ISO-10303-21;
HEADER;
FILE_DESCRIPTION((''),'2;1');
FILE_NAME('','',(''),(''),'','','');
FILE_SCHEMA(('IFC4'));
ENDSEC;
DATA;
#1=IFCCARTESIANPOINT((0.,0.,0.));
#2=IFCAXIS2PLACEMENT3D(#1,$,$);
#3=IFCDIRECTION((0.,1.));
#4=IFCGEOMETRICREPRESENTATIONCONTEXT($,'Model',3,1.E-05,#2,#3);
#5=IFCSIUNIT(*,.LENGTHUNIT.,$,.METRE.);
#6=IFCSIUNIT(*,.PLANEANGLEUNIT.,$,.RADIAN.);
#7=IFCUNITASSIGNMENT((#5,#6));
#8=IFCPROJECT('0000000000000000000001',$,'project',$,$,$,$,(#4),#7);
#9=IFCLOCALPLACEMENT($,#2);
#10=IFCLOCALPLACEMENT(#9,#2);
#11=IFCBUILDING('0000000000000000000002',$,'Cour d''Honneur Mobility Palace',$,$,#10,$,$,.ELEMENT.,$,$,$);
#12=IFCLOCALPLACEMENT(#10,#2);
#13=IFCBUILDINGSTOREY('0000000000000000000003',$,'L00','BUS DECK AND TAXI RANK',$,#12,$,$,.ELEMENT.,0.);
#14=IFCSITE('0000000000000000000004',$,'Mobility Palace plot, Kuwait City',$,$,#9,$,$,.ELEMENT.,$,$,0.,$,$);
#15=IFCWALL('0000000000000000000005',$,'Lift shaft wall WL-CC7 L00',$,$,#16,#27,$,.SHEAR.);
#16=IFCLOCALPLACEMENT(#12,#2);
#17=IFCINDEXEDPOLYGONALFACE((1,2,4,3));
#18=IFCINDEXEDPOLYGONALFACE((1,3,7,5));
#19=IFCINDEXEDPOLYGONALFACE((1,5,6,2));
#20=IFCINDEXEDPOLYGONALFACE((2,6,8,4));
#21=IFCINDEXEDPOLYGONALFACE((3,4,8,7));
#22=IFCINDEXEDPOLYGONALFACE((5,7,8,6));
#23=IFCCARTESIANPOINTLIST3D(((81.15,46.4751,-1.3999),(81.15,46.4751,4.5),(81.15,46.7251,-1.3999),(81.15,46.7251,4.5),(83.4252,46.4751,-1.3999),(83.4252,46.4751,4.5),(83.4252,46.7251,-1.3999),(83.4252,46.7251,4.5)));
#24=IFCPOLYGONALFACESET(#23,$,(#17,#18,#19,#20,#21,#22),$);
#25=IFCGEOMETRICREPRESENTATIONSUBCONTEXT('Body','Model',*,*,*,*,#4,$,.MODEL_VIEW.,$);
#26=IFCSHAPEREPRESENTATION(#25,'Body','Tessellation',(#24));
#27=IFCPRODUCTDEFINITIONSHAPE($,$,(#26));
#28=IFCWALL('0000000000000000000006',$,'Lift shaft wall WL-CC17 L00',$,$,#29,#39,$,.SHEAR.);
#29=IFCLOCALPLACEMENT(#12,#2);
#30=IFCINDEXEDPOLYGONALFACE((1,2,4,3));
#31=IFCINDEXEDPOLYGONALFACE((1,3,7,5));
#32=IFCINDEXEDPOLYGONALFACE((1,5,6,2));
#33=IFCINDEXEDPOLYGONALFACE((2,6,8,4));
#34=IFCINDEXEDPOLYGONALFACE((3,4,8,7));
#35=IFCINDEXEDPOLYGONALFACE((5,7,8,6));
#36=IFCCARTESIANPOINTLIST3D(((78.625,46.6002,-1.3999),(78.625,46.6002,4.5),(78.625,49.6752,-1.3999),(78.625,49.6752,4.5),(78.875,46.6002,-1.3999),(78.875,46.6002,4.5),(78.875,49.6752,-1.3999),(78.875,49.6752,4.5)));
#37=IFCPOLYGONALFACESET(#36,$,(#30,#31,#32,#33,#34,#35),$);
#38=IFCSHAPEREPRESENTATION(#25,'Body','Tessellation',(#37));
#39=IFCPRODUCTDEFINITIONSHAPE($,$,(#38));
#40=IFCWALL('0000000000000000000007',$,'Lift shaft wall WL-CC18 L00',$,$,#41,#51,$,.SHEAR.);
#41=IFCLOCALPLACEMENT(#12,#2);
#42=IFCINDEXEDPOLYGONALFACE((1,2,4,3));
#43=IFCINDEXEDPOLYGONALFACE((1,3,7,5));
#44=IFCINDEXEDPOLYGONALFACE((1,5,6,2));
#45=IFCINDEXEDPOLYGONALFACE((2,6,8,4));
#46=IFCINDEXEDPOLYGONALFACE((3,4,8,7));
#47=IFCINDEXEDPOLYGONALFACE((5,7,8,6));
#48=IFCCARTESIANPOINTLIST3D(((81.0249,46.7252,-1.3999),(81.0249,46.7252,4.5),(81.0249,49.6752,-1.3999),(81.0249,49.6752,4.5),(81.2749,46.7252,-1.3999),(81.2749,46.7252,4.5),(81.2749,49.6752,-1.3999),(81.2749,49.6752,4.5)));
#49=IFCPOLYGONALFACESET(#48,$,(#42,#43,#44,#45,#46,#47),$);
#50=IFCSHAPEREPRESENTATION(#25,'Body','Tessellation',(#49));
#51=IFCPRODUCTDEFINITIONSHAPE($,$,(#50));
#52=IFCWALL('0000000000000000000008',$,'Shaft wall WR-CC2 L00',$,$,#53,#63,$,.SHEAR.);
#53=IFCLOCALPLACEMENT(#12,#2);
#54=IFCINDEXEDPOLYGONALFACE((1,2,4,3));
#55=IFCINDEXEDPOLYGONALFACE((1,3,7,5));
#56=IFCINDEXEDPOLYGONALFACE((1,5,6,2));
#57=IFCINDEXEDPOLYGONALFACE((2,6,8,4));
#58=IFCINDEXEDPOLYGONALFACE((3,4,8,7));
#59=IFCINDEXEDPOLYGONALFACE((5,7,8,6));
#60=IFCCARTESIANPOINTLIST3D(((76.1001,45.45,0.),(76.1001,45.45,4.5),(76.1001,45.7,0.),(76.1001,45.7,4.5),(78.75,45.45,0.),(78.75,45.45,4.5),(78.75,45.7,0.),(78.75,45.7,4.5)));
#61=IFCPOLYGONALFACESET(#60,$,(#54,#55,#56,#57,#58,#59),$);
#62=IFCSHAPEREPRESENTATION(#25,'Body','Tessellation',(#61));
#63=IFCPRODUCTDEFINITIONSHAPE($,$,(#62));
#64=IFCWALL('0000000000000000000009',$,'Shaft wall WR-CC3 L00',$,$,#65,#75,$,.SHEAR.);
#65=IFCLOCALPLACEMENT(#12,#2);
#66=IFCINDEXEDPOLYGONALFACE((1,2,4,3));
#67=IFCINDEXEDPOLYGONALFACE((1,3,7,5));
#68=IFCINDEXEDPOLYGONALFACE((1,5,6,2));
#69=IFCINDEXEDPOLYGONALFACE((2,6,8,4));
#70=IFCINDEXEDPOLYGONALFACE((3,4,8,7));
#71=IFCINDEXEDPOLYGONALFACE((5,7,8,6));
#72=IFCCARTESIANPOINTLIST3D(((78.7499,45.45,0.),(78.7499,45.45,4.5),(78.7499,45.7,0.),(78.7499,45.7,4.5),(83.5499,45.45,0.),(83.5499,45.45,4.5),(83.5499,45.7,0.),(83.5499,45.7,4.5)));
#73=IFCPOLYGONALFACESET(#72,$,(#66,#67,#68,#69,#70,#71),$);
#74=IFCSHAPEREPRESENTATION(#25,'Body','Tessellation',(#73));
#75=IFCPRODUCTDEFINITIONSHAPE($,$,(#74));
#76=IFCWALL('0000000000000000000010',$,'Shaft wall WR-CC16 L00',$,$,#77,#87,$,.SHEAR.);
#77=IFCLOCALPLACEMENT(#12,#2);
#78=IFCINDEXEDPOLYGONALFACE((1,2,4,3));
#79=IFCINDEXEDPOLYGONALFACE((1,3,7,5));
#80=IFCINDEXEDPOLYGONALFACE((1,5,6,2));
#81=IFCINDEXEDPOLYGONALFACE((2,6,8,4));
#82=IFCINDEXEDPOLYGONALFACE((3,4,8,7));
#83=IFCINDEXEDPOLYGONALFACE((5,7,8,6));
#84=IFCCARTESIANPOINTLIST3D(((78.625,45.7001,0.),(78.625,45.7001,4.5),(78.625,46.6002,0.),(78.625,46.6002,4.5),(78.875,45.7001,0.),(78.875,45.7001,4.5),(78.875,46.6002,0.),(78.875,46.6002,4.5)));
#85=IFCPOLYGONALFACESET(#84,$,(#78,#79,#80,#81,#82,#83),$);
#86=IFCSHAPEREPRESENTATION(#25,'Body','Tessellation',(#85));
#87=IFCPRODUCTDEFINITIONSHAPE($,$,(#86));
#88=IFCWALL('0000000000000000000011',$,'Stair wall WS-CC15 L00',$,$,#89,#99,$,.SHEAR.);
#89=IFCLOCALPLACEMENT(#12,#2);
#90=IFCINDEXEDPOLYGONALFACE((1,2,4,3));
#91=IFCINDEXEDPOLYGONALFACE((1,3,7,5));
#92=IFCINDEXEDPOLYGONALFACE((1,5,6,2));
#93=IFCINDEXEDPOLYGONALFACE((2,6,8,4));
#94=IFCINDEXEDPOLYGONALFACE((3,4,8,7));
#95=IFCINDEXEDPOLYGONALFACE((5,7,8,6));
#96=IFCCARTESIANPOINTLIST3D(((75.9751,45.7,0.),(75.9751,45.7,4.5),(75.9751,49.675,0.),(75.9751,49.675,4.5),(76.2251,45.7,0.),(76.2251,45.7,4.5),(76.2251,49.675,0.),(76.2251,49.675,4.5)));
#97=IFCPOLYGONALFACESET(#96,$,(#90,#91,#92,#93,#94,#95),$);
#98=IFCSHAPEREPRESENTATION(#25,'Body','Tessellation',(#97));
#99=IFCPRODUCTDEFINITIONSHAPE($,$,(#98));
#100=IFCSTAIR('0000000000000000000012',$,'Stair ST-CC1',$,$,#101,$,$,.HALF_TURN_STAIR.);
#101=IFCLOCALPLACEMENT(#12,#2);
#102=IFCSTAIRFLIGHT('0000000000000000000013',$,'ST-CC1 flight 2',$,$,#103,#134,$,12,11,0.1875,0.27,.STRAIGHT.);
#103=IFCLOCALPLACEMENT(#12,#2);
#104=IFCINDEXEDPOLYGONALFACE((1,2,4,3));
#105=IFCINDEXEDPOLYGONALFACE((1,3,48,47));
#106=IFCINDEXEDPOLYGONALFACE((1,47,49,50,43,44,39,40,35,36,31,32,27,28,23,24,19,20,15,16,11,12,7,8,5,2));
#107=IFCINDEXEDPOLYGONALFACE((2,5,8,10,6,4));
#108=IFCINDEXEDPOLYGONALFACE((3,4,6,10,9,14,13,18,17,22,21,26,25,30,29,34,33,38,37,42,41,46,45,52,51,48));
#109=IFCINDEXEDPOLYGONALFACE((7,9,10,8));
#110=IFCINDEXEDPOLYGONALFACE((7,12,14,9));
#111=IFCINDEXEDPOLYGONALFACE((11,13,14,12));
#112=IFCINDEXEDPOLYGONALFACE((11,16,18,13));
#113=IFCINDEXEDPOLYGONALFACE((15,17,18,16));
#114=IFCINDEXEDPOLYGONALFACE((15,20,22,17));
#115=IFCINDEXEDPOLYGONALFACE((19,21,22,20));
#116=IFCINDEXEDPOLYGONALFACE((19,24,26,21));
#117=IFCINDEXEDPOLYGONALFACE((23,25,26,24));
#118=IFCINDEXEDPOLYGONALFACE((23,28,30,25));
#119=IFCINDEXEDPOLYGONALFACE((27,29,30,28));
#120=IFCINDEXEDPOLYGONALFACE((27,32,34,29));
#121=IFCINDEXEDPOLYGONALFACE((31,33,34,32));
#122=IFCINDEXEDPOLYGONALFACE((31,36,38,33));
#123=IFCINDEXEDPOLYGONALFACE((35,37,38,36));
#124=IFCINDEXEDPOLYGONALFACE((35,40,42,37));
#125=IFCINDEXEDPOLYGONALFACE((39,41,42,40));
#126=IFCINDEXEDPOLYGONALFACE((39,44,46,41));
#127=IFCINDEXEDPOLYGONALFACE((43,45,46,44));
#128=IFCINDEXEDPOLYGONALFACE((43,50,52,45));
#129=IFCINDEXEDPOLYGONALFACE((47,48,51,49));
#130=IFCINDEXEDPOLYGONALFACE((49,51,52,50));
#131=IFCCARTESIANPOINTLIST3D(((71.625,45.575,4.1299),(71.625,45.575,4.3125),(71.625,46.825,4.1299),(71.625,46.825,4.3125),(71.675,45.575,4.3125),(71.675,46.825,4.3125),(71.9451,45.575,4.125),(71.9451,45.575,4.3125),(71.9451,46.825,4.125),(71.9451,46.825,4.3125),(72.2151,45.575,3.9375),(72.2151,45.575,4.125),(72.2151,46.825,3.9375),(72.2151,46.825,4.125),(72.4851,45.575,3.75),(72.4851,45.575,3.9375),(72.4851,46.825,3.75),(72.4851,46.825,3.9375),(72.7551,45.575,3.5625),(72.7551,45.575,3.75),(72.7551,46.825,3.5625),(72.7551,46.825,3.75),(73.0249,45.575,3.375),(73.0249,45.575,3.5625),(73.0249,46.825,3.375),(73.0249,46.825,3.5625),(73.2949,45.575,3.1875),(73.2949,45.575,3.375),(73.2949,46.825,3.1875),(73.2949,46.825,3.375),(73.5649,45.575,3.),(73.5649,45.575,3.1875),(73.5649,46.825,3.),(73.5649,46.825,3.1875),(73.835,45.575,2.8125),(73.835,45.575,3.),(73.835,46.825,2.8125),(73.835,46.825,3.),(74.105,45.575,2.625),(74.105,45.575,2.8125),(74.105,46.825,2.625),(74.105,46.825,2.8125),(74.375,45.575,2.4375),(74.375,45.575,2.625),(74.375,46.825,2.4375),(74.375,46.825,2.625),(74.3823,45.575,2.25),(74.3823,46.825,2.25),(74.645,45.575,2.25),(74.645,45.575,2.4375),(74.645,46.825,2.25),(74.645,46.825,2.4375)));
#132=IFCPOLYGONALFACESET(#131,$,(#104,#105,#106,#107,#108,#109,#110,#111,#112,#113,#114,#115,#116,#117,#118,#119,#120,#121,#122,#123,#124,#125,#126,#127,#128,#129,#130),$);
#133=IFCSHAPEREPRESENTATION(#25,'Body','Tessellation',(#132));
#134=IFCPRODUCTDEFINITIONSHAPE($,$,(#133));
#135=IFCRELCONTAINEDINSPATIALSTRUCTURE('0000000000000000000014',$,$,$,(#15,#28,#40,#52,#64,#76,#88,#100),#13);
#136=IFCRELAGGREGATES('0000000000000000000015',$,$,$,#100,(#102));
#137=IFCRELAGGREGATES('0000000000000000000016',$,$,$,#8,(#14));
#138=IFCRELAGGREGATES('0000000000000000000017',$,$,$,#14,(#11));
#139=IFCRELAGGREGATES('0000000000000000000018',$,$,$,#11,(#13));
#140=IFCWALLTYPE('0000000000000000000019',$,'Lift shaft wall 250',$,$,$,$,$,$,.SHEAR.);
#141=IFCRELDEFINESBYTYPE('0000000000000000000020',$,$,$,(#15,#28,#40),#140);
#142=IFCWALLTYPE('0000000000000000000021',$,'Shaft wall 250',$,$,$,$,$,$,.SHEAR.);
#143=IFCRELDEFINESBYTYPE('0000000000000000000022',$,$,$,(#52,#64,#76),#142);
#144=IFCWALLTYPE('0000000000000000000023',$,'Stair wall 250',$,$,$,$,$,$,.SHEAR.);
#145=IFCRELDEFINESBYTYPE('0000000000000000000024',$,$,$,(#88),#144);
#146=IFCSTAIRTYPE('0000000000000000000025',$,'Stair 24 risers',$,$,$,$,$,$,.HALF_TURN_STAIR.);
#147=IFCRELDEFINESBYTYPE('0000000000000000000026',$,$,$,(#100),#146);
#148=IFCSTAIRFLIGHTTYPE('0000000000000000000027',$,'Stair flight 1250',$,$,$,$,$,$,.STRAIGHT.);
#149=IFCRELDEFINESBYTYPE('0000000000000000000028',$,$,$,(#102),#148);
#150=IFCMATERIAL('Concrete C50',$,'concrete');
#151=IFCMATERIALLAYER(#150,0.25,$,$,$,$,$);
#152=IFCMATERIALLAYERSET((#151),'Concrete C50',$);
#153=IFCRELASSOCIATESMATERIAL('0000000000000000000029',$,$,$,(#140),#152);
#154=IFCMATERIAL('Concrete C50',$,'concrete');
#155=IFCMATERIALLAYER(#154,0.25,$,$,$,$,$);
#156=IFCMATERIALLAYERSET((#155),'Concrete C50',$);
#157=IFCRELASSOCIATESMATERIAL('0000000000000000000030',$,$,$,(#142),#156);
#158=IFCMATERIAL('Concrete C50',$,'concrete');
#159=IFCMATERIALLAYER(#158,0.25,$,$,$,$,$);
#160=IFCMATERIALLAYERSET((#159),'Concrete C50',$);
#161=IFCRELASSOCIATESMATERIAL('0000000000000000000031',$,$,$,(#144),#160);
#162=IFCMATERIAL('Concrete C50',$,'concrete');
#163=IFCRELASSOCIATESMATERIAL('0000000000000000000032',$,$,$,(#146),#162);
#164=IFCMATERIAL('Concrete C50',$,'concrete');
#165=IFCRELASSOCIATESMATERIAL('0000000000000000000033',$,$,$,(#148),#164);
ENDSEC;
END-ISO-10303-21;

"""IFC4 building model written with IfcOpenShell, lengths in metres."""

from ifc_helpers import new_model, si_unit, direction, frame, frame_2d, origin, place, context, subcontext, project, spatial, polyline, rectangle, outline, extrude, material, layer, layer_set, type_object, element, aggregate, save


model = new_model("IFC4")

# Units and contexts
model_context = context("Model", 3, precision=1e-05, world=origin(), true_north=direction((0.0, 1.0)))
body_context = subcontext(model_context, "Body", "Model", "MODEL_VIEW")
ifc_project = project(units=[si_unit("LENGTHUNIT", "METRE"), si_unit("PLANEANGLEUNIT", "RADIAN")], contexts=[model_context])

# Site, building, storey
site_placement = place(None, origin())
site = spatial("IfcSite", under=ifc_project, at=site_placement, Name="Mobility Palace plot, Kuwait City", CompositionType="ELEMENT", RefElevation=0.0)
building_placement = place(site_placement, origin())
building = spatial("IfcBuilding", under=site, at=building_placement, Name="Cour d'Honneur Mobility Palace", CompositionType="ELEMENT")
storey_placement = place(building_placement, origin())
storey = spatial("IfcBuildingStorey", under=building, at=storey_placement, Name="L00", Description="BUS DECK AND TAXI RANK", CompositionType="ELEMENT", Elevation=0.0)

# Walls
ifc_material_1 = material(Name="Concrete C50", Category="concrete")
ifc_layer_1 = layer(ifc_material_1, 0.25)
ifc_layer_set_1 = layer_set([ifc_layer_1], Name="Concrete C50")
wall_type_1 = type_object("IfcWallType", Name="Lift shaft wall 250", PredefinedType="SHEAR", material=ifc_layer_set_1)
wall_1_placement = place(storey_placement, frame((81.1499, 46.6001, -1.3999), z_axis=(0.0, 0.0, 1.0), x_axis=(1.0, 0.0, 0.0)))
element("IfcWall", 1, at=wall_1_placement, inside=storey, type_object=wall_type_1, Name="Lift shaft wall WL-CC7 L00", PredefinedType="SHEAR", context=body_context, shape_type="SweptSolid", body=[
    extrude(rectangle(XDim=2.2751, YDim=0.25, at=frame_2d((1.1377, 0.0))), origin(), (0.0, 0.0, 1.0), 5.8999),
])
wall_2_placement = place(storey_placement, frame((78.75, 46.6001, -1.3999), z_axis=(0.0, 0.0, 1.0), x_axis=(0.0, 1.0, 0.0)))
element("IfcWall", 2, at=wall_2_placement, inside=storey, type_object=wall_type_1, Name="Lift shaft wall WL-CC17 L00", PredefinedType="SHEAR", context=body_context, shape_type="SweptSolid", body=[
    extrude(rectangle(XDim=3.075, YDim=0.25, at=frame_2d((1.5376, 0.0))), origin(), (0.0, 0.0, 1.0), 5.8999),
])
wall_3_placement = place(storey_placement, frame((81.1499, 46.7251, -1.3999), z_axis=(0.0, 0.0, 1.0), x_axis=(0.0, 1.0, 0.0)))
element("IfcWall", 3, at=wall_3_placement, inside=storey, type_object=wall_type_1, Name="Lift shaft wall WL-CC18 L00", PredefinedType="SHEAR", context=body_context, shape_type="SweptSolid", body=[
    extrude(rectangle(XDim=2.95, YDim=0.25, at=frame_2d((1.4751, 0.0))), origin(), (0.0, 0.0, 1.0), 5.8999),
])
ifc_material_2 = material(Name="Concrete C50", Category="concrete")
ifc_layer_2 = layer(ifc_material_2, 0.25)
ifc_layer_set_2 = layer_set([ifc_layer_2], Name="Concrete C50")
wall_type_2 = type_object("IfcWallType", Name="Shaft wall 250", PredefinedType="SHEAR", material=ifc_layer_set_2)
wall_4_placement = place(storey_placement, frame((76.1001, 45.575, 0.0), z_axis=(0.0, 0.0, 1.0), x_axis=(1.0, 0.0, 0.0)))
element("IfcWall", 4, at=wall_4_placement, inside=storey, type_object=wall_type_2, Name="Shaft wall WR-CC2 L00", PredefinedType="SHEAR", context=body_context, shape_type="SweptSolid", body=[
    extrude(rectangle(XDim=2.6499, YDim=0.25, at=frame_2d((1.325, 0.0))), origin(), (0.0, 0.0, 1.0), 4.5),
])
wall_5_placement = place(storey_placement, frame((78.75, 45.575, 0.0), z_axis=(0.0, 0.0, 1.0), x_axis=(1.0, 0.0, 0.0)))
element("IfcWall", 5, at=wall_5_placement, inside=storey, type_object=wall_type_2, Name="Shaft wall WR-CC3 L00", PredefinedType="SHEAR", context=body_context, shape_type="SweptSolid", body=[
    extrude(rectangle(XDim=4.8, YDim=0.25, at=frame_2d((2.3999, 0.0))), origin(), (0.0, 0.0, 1.0), 4.5),
])
wall_6_placement = place(storey_placement, frame((78.75, 45.7, 0.0), z_axis=(0.0, 0.0, 1.0), x_axis=(0.0, 1.0, 0.0)))
element("IfcWall", 6, at=wall_6_placement, inside=storey, type_object=wall_type_2, Name="Shaft wall WR-CC16 L00", PredefinedType="SHEAR", context=body_context, shape_type="SweptSolid", body=[
    extrude(rectangle(XDim=0.9001, YDim=0.25, at=frame_2d((0.4502, 0.0))), origin(), (0.0, 0.0, 1.0), 4.5),
])
ifc_material_3 = material(Name="Concrete C50", Category="concrete")
ifc_layer_3 = layer(ifc_material_3, 0.25)
ifc_layer_set_3 = layer_set([ifc_layer_3], Name="Concrete C50")
wall_type_3 = type_object("IfcWallType", Name="Stair wall 250", PredefinedType="SHEAR", material=ifc_layer_set_3)
wall_7_placement = place(storey_placement, frame((76.1001, 45.7, 0.0), z_axis=(0.0, 0.0, 1.0), x_axis=(0.0, 1.0, 0.0)))
element("IfcWall", 7, at=wall_7_placement, inside=storey, type_object=wall_type_3, Name="Stair wall WS-CC15 L00", PredefinedType="SHEAR", context=body_context, shape_type="SweptSolid", body=[
    extrude(rectangle(XDim=3.9751, YDim=0.25, at=frame_2d((1.9875, 0.0))), origin(), (0.0, 0.0, 1.0), 4.5),
])

# Stair, stair flight
ifc_material_4 = material(Name="Concrete C50", Category="concrete")
stair_type = type_object("IfcStairType", Name="Stair 24 risers", PredefinedType="HALF_TURN_STAIR", material=ifc_material_4)
stair_placement = place(storey_placement, origin())
stair = element("IfcStair", 8, at=stair_placement, inside=storey, type_object=stair_type, Name="Stair ST-CC1", PredefinedType="HALF_TURN_STAIR")
ifc_material_5 = material(Name="Concrete C50", Category="concrete")
stair_flight_type = type_object("IfcStairFlightType", Name="Stair flight 1250", PredefinedType="STRAIGHT", material=ifc_material_5)
stair_flight_placement = place(storey_placement, frame((74.645, 46.2, 2.25), z_axis=(0.0, 0.0, 1.0), x_axis=(-1.0, 0.0, 0.0)))
stair_flight = element("IfcStairFlight", 9, at=stair_flight_placement, type_object=stair_flight_type, Name="ST-CC1 flight 2", NumberOfRisers=12, NumberOfTreads=11, PredefinedType="STRAIGHT", RiserHeight=0.1875, TreadLength=0.27, context=body_context, shape_type="SweptSolid", body=[
    extrude(outline(polyline([(0.0, 0.0), (0.0, 0.1875), (0.27, 0.1875), (0.27, 0.375), (0.54, 0.375), (0.54, 0.5625), (0.8101, 0.5625), (0.8101, 0.75), (1.0801, 0.75), (1.0801, 0.9375), (1.3501, 0.9375), (1.3501, 1.125), (1.6201, 1.125), (1.6201, 1.3125), (1.8899, 1.3125), (1.8899, 1.5), (2.1599, 1.5), (2.1599, 1.6875), (2.4299, 1.6875), (2.4299, 1.875), (2.7, 1.875), (2.7, 2.0625), (2.97, 2.0625), (3.02, 2.0625), (3.02, 1.8799), (0.2627, 0.0), (0.0, 0.0)])), frame((0.0, 0.625, 0.0), z_axis=(0.0, -1.0, 0.0), x_axis=(1.0, 0.0, 0.0)), (0.0, 0.0, 1.0), 1.25),
])
aggregate(stair, [stair_flight])

save(model, "model.ifc")
